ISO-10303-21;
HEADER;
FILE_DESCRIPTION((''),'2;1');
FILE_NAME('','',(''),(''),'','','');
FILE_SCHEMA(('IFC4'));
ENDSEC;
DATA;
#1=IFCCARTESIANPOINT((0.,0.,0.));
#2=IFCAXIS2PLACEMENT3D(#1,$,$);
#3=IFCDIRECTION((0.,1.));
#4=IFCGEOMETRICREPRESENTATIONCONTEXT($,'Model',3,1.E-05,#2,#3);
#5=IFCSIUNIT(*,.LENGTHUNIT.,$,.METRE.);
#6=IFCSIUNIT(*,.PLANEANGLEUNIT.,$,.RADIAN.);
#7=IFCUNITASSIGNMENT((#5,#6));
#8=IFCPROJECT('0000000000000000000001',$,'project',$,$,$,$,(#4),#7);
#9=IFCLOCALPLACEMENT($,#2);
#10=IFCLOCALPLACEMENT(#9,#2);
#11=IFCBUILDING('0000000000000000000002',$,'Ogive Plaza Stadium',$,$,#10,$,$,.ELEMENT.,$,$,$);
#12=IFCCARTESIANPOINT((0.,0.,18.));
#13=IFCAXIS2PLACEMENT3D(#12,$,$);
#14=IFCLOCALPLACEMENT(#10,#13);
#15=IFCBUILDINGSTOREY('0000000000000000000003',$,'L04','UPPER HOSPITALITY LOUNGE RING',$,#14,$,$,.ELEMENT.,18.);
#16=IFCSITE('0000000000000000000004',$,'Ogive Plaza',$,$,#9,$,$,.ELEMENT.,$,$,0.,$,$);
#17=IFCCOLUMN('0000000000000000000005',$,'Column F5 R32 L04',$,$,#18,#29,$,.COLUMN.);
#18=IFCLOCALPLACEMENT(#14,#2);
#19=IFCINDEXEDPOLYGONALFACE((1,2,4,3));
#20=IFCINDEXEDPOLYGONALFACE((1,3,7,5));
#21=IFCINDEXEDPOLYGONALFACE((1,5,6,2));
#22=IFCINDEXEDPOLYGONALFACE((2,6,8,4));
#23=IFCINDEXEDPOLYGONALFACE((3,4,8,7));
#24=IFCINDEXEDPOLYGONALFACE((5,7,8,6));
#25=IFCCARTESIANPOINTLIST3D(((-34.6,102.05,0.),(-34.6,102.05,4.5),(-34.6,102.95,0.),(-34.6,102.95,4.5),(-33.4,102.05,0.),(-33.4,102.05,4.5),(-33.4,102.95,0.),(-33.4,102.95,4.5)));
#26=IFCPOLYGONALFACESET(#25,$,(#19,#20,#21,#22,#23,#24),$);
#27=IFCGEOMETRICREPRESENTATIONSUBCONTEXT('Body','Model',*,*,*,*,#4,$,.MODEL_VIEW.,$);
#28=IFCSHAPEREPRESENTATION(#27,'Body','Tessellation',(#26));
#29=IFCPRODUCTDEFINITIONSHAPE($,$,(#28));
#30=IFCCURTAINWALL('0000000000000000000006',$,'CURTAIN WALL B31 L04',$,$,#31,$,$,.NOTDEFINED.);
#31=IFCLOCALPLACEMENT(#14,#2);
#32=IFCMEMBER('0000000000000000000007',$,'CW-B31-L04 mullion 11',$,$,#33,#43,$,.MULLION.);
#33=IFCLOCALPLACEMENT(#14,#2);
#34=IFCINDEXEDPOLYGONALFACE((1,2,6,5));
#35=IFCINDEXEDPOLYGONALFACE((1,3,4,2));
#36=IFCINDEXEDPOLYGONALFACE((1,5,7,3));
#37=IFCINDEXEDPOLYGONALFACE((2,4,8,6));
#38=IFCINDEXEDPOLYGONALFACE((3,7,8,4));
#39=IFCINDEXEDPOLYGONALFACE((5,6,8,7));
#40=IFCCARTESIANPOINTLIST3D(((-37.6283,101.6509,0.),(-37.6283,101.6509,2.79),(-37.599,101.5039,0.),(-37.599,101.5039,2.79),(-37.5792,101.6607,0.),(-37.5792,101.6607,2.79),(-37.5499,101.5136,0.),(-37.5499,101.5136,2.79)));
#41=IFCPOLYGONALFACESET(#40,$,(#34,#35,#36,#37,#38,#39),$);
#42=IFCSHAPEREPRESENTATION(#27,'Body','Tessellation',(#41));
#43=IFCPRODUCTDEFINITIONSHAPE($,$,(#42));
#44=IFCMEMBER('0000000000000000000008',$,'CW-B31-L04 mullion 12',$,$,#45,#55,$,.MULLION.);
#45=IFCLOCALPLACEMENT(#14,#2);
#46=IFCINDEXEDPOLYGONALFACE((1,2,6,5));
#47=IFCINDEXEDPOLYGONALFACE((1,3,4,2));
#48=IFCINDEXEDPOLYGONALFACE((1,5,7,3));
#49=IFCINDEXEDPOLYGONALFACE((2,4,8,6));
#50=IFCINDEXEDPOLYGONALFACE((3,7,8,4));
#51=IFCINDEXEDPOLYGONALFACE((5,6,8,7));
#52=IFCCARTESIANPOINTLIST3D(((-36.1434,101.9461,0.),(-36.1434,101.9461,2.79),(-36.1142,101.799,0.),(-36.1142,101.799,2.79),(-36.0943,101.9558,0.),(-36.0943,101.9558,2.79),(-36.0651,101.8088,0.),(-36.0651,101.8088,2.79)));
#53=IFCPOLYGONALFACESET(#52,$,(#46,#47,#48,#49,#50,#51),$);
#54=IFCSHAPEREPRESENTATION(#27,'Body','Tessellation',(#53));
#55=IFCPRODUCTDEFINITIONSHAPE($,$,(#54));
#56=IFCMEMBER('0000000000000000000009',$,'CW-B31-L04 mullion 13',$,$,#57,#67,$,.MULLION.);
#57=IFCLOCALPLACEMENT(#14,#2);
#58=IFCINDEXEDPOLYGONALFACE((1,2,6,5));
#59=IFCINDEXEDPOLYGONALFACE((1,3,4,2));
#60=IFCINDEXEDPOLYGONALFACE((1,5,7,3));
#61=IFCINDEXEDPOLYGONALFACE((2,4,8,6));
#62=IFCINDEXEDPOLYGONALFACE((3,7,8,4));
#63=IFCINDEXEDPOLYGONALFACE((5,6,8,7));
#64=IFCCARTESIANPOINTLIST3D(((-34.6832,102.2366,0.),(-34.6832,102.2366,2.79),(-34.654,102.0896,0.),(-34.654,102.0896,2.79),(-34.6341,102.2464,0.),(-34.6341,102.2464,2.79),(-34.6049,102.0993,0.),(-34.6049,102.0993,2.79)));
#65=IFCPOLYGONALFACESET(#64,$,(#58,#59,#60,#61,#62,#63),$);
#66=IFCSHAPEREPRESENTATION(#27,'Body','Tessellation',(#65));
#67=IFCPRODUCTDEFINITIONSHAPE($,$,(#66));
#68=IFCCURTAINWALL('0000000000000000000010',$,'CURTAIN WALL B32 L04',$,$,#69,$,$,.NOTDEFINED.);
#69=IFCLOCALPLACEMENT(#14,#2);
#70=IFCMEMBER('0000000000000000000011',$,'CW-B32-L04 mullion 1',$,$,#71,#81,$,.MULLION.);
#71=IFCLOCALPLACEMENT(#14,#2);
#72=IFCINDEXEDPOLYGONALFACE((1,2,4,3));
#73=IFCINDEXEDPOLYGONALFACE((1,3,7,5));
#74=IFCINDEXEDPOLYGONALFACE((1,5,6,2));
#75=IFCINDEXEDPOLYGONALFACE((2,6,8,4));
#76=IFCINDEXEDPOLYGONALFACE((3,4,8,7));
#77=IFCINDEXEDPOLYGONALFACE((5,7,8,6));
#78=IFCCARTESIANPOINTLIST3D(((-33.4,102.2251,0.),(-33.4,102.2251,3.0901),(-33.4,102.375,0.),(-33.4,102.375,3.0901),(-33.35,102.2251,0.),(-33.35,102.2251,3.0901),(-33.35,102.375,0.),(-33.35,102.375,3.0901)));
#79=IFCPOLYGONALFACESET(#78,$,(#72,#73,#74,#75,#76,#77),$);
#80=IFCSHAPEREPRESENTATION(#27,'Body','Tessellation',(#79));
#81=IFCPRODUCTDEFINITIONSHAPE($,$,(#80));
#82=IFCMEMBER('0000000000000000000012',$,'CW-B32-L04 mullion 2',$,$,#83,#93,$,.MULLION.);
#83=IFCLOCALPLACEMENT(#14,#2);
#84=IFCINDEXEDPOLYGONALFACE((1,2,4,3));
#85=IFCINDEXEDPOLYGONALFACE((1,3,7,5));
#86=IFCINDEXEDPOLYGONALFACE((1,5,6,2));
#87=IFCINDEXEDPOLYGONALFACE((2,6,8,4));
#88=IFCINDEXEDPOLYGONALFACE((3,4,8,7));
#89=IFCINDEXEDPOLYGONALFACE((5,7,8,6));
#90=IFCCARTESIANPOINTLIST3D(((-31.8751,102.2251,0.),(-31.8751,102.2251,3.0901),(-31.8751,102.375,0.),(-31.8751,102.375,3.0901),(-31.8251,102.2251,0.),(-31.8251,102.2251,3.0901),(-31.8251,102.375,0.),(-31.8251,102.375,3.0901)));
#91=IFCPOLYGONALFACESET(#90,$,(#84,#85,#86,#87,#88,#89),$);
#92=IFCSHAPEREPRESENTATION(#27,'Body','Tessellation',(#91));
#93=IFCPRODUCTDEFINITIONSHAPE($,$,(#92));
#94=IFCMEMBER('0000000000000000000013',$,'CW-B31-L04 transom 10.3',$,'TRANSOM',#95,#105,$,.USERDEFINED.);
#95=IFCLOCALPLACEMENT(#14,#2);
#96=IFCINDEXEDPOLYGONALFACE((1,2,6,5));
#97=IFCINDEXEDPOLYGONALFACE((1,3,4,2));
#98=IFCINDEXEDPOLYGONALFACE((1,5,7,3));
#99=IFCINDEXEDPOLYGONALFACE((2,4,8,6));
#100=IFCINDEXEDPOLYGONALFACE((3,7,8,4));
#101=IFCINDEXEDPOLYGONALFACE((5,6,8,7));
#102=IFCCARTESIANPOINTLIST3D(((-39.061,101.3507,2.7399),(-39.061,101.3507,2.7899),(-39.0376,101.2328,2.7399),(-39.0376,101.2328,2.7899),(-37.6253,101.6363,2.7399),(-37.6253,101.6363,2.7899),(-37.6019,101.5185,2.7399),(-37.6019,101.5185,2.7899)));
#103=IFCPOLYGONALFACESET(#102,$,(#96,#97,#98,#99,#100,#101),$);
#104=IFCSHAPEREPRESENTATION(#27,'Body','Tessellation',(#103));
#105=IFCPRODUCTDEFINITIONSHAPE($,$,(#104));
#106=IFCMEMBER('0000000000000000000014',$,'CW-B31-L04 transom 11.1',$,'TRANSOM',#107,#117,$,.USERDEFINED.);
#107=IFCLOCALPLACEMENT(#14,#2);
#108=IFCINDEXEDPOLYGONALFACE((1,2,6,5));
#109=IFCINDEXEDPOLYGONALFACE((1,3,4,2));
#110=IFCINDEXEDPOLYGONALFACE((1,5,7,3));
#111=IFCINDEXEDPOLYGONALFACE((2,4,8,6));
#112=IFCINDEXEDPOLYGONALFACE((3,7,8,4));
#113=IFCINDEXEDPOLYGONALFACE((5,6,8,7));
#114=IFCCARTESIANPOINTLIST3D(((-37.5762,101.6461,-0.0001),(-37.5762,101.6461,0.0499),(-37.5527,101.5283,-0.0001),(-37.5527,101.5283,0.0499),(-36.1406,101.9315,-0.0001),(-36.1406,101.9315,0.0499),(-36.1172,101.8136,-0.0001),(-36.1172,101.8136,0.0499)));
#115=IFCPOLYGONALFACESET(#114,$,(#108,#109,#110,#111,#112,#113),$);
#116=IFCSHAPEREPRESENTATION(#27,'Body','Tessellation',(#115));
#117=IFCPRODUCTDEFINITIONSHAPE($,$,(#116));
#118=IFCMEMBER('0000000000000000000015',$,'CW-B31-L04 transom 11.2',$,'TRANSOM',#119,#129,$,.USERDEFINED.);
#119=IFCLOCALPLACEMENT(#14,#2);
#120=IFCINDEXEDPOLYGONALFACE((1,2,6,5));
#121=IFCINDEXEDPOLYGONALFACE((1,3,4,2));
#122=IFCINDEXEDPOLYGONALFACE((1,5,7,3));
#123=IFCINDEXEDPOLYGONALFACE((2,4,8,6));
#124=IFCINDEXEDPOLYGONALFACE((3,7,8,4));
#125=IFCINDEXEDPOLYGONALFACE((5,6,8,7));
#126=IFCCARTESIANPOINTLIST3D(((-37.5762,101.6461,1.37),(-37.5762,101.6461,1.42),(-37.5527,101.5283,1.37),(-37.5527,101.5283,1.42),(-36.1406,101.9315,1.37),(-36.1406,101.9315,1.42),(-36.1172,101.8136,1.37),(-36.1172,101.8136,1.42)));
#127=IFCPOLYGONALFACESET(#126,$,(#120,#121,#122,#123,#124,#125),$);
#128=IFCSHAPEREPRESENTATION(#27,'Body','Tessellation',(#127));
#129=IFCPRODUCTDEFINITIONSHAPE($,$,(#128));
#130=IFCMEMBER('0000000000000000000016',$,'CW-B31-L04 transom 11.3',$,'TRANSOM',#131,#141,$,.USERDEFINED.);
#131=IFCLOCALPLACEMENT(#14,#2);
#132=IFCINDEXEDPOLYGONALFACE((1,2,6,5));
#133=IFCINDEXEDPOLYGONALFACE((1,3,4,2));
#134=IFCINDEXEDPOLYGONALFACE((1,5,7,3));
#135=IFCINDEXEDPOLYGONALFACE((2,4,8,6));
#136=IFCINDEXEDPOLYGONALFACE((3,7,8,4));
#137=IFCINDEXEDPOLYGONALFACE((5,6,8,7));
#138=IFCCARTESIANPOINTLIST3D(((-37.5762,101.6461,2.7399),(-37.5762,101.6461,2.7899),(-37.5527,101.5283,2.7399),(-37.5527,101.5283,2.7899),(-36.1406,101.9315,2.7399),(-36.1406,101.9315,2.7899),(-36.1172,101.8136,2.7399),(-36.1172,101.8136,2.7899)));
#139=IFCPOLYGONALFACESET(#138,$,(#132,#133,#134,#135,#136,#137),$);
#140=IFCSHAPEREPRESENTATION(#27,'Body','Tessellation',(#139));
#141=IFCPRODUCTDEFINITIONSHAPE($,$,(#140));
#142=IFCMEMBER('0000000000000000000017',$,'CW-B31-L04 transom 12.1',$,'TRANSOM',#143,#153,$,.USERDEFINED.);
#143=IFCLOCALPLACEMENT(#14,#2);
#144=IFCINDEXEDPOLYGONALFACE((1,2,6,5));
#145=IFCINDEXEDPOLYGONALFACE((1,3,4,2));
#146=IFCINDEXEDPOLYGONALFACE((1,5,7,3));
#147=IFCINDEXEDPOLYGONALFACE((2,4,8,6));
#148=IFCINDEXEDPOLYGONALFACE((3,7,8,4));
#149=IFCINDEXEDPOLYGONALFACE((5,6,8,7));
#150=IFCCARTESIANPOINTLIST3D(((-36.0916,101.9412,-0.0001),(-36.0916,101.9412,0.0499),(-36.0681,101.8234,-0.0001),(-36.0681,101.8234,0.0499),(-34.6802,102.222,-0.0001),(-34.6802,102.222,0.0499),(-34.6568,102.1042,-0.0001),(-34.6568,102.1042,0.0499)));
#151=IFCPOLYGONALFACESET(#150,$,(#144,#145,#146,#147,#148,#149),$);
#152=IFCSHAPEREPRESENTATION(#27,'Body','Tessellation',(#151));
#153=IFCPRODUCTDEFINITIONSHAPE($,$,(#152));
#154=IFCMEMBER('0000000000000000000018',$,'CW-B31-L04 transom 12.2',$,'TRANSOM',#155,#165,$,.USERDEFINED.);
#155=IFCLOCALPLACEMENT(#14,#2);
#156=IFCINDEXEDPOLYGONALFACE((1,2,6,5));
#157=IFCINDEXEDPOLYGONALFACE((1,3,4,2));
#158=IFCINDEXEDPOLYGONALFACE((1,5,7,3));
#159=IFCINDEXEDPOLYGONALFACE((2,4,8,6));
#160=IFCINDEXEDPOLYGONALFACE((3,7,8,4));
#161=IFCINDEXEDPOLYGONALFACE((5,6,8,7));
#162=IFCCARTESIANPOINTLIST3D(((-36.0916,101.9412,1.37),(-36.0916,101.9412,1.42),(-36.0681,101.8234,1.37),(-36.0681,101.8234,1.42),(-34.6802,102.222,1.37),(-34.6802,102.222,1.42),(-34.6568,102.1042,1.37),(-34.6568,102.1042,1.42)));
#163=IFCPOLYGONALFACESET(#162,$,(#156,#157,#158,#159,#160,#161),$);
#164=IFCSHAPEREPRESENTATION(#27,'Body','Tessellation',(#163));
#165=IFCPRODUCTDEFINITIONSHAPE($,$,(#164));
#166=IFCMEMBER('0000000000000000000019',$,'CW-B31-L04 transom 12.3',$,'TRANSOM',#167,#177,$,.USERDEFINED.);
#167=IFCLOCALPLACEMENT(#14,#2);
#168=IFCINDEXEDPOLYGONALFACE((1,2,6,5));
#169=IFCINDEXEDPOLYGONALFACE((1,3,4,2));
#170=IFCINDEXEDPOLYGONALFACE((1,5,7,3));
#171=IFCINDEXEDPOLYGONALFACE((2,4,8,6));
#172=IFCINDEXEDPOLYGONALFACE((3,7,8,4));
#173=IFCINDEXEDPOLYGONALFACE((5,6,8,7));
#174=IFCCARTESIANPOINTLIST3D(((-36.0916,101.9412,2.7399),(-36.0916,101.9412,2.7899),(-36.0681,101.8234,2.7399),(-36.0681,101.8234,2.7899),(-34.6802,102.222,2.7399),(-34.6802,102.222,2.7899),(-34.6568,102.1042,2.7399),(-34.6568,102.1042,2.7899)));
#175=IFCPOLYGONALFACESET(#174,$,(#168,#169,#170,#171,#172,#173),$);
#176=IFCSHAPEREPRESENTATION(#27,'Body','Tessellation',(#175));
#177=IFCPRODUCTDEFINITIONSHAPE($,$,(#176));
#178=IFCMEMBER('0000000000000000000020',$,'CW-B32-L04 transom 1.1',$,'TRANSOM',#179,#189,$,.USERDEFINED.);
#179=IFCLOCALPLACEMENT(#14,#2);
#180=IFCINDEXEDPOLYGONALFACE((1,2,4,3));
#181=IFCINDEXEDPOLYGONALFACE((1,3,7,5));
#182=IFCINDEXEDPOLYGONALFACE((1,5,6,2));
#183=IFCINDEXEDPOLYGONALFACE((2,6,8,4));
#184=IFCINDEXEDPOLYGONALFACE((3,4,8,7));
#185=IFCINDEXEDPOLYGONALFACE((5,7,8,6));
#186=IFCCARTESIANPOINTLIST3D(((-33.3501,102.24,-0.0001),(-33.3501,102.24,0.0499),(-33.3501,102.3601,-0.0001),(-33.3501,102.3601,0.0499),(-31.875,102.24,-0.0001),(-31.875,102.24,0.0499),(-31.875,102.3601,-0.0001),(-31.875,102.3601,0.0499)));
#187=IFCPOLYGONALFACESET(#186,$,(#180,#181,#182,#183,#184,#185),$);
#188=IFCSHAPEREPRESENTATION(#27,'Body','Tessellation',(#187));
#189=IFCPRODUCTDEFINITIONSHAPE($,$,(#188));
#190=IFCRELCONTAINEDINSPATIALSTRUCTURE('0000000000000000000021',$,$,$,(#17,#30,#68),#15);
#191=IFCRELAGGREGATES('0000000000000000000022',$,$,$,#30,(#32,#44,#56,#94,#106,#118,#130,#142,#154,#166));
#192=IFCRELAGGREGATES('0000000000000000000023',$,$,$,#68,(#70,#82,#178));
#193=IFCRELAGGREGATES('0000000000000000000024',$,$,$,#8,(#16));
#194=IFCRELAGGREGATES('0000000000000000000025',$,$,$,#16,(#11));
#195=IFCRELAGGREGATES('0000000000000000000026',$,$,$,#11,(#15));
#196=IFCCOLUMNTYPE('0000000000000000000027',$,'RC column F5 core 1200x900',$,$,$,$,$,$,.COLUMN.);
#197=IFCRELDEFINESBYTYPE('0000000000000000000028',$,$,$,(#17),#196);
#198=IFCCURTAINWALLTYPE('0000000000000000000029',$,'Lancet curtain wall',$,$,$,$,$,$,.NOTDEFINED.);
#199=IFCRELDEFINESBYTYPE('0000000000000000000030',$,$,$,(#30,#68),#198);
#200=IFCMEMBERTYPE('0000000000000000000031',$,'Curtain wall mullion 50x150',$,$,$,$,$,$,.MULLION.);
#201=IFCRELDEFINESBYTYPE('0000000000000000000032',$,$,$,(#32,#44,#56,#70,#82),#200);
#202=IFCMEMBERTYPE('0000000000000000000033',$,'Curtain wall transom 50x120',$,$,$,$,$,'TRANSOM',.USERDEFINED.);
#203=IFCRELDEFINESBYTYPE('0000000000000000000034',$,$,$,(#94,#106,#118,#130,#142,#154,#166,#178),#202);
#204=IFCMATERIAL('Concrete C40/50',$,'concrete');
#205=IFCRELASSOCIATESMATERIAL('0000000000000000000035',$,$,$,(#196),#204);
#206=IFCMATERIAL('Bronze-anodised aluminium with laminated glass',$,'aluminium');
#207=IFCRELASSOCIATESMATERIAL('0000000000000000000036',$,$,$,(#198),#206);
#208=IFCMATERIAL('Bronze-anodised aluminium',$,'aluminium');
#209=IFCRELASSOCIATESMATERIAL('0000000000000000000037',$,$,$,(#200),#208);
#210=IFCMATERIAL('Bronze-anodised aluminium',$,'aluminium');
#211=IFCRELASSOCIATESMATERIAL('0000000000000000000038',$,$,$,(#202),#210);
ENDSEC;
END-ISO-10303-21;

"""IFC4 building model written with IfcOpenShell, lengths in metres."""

from ifc_helpers import new_model, si_unit, direction, frame, origin, origin_2d, place, context, subcontext, project, spatial, rectangle, extrude, material, material_profile, profile_set, type_object, element, aggregate, save


model = new_model("IFC4")

# Units and contexts
model_context = context("Model", 3, precision=1e-05, world=origin(), true_north=direction((0.0, 1.0)))
body_context = subcontext(model_context, "Body", "Model", "MODEL_VIEW")
ifc_project = project(units=[si_unit("LENGTHUNIT", "METRE"), si_unit("PLANEANGLEUNIT", "RADIAN")], contexts=[model_context])

# Site, building, storey
site_placement = place(None, origin())
site = spatial("IfcSite", under=ifc_project, at=site_placement, Name="Ogive Plaza", CompositionType="ELEMENT", RefElevation=0.0)
building_placement = place(site_placement, origin())
building = spatial("IfcBuilding", under=site, at=building_placement, Name="Ogive Plaza Stadium", CompositionType="ELEMENT")
storey_placement = place(building_placement, frame((0.0, 0.0, 18.0)))
storey = spatial("IfcBuildingStorey", under=building, at=storey_placement, Name="L04", Description="UPPER HOSPITALITY LOUNGE RING", CompositionType="ELEMENT", Elevation=18.0)

# Column
ifc_material_1 = material(Name="Concrete C40/50", Category="concrete")
ifc_material_profile_1 = material_profile(ifc_material_1, rectangle(XDim=1.2, YDim=0.8999, at=origin_2d()), Name="RC 1200x900")
ifc_profile_set_1 = profile_set([ifc_material_profile_1], Name="Concrete C40/50")
column_type = type_object("IfcColumnType", Name="RC column F5 core 1200x900", PredefinedType="COLUMN", material=ifc_profile_set_1)
column_placement = place(storey_placement, frame((-34.0, 102.5, 0.0), z_axis=(0.0, 0.0, 1.0), x_axis=(-1.0, 0.0, 0.0)))
element("IfcColumn", 1, at=column_placement, inside=storey, type_object=column_type, Name="Column F5 R32 L04", PredefinedType="COLUMN", context=body_context, shape_type="SweptSolid", body=[
    extrude(rectangle(XDim=1.2, YDim=0.8999, at=origin_2d()), origin(), (0.0, 0.0, 1.0), 4.5),
])

# Curtain walls, members
ifc_material_2 = material(Name="Bronze-anodised aluminium with laminated glass", Category="aluminium")
curtain_wall_type = type_object("IfcCurtainWallType", Name="Lancet curtain wall", PredefinedType="NOTDEFINED", material=ifc_material_2)
curtain_wall_1_placement = place(storey_placement, origin())
curtain_wall_1 = element("IfcCurtainWall", 2, at=curtain_wall_1_placement, inside=storey, type_object=curtain_wall_type, Name="CURTAIN WALL B31 L04", PredefinedType="NOTDEFINED")
ifc_material_3 = material(Name="Bronze-anodised aluminium", Category="aluminium")
ifc_material_profile_2 = material_profile(ifc_material_3, rectangle(XDim=0.1499, YDim=0.05, at=origin_2d()), Name="AL 150x50")
ifc_profile_set_2 = profile_set([ifc_material_profile_2], Name="Bronze-anodised aluminium")
member_type_1 = type_object("IfcMemberType", Name="Curtain wall mullion 50x150", PredefinedType="MULLION", material=ifc_profile_set_2)
member_1_placement = place(storey_placement, frame((-37.5891, 101.5823, 0.0), z_axis=(0.0, 0.0, 1.0), x_axis=(-0.19509, 0.980785, 0.0)))
member_1 = element("IfcMember", 3, at=member_1_placement, type_object=member_type_1, Name="CW-B31-L04 mullion 11", PredefinedType="MULLION", context=body_context, shape_type="SweptSolid", body=[
    extrude(rectangle(XDim=0.1499, YDim=0.05, at=origin_2d()), origin(), (0.0, 0.0, 1.0), 2.79),
])
member_2_placement = place(storey_placement, frame((-36.1042, 101.8774, 0.0), z_axis=(0.0, 0.0, 1.0), x_axis=(-0.19509, 0.980785, 0.0)))
member_2 = element("IfcMember", 4, at=member_2_placement, type_object=member_type_1, Name="CW-B31-L04 mullion 12", PredefinedType="MULLION", context=body_context, shape_type="SweptSolid", body=[
    extrude(rectangle(XDim=0.1499, YDim=0.05, at=origin_2d()), origin(), (0.0, 0.0, 1.0), 2.79),
])
member_3_placement = place(storey_placement, frame((-34.644, 102.168, 0.0), z_axis=(0.0, 0.0, 1.0), x_axis=(-0.19509, 0.980785, 0.0)))
member_3 = element("IfcMember", 5, at=member_3_placement, type_object=member_type_1, Name="CW-B31-L04 mullion 13", PredefinedType="MULLION", context=body_context, shape_type="SweptSolid", body=[
    extrude(rectangle(XDim=0.1499, YDim=0.05, at=origin_2d()), origin(), (0.0, 0.0, 1.0), 2.79),
])
curtain_wall_2_placement = place(storey_placement, origin())
curtain_wall_2 = element("IfcCurtainWall", 6, at=curtain_wall_2_placement, inside=storey, type_object=curtain_wall_type, Name="CURTAIN WALL B32 L04", PredefinedType="NOTDEFINED")
member_4_placement = place(storey_placement, frame((-33.375, 102.3, 0.0), z_axis=(0.0, 0.0, 1.0), x_axis=(0.0, 1.0, 0.0)))
member_4 = element("IfcMember", 7, at=member_4_placement, type_object=member_type_1, Name="CW-B32-L04 mullion 1", PredefinedType="MULLION", context=body_context, shape_type="SweptSolid", body=[
    extrude(rectangle(XDim=0.1499, YDim=0.05, at=origin_2d()), origin(), (0.0, 0.0, 1.0), 3.0901),
])
member_5_placement = place(storey_placement, frame((-31.8501, 102.3, 0.0), z_axis=(0.0, 0.0, 1.0), x_axis=(0.0, 1.0, 0.0)))
member_5 = element("IfcMember", 8, at=member_5_placement, type_object=member_type_1, Name="CW-B32-L04 mullion 2", PredefinedType="MULLION", context=body_context, shape_type="SweptSolid", body=[
    extrude(rectangle(XDim=0.1499, YDim=0.05, at=origin_2d()), origin(), (0.0, 0.0, 1.0), 3.0901),
])

# Members
ifc_material_4 = material(Name="Bronze-anodised aluminium", Category="aluminium")
ifc_material_profile_3 = material_profile(ifc_material_4, rectangle(XDim=0.1201, YDim=0.05, at=origin_2d()), Name="AL 120x50")
ifc_profile_set_3 = profile_set([ifc_material_profile_3], Name="Bronze-anodised aluminium")
member_type_2 = type_object("IfcMemberType", Name="Curtain wall transom 50x120", ElementType="TRANSOM", PredefinedType="USERDEFINED", material=ifc_profile_set_3)
member_6_placement = place(storey_placement, frame((-39.0493, 101.2917, 2.7649), z_axis=(0.980779, 0.195122, 0.0), x_axis=(-0.195122, 0.980779, 0.0)))
member_6 = element("IfcMember", 9, at=member_6_placement, type_object=member_type_2, Name="CW-B31-L04 transom 10.3", ObjectType="TRANSOM", PredefinedType="USERDEFINED", context=body_context, shape_type="SweptSolid", body=[
    extrude(rectangle(XDim=0.1201, YDim=0.05, at=origin_2d()), origin(), (0.0, 0.0, 1.0), 1.4639),
])
member_7_placement = place(storey_placement, frame((-37.5645, 101.5872, 0.0249), z_axis=(0.980805, 0.194993, 0.0), x_axis=(-0.194993, 0.980805, 0.0)))
member_7 = element("IfcMember", 10, at=member_7_placement, type_object=member_type_2, Name="CW-B31-L04 transom 11.1", ObjectType="TRANSOM", PredefinedType="USERDEFINED", context=body_context, shape_type="SweptSolid", body=[
    extrude(rectangle(XDim=0.1201, YDim=0.05, at=origin_2d()), origin(), (0.0, 0.0, 1.0), 1.4636),
])
member_8_placement = place(storey_placement, frame((-37.5645, 101.5872, 1.395), z_axis=(0.980805, 0.194993, 0.0), x_axis=(-0.194993, 0.980805, 0.0)))
member_8 = element("IfcMember", 11, at=member_8_placement, type_object=member_type_2, Name="CW-B31-L04 transom 11.2", ObjectType="TRANSOM", PredefinedType="USERDEFINED", context=body_context, shape_type="SweptSolid", body=[
    extrude(rectangle(XDim=0.1201, YDim=0.05, at=origin_2d()), origin(), (0.0, 0.0, 1.0), 1.4636),
])
member_9_placement = place(storey_placement, frame((-37.5645, 101.5872, 2.7649), z_axis=(0.980805, 0.194993, 0.0), x_axis=(-0.194993, 0.980805, 0.0)))
member_9 = element("IfcMember", 12, at=member_9_placement, type_object=member_type_2, Name="CW-B31-L04 transom 11.3", ObjectType="TRANSOM", PredefinedType="USERDEFINED", context=body_context, shape_type="SweptSolid", body=[
    extrude(rectangle(XDim=0.1201, YDim=0.05, at=origin_2d()), origin(), (0.0, 0.0, 1.0), 1.4636),
])
member_10_placement = place(storey_placement, frame((-36.0798, 101.8823, 0.0249), z_axis=(0.980782, 0.195105, 0.0), x_axis=(-0.195105, 0.980782, 0.0)))
member_10 = element("IfcMember", 13, at=member_10_placement, type_object=member_type_2, Name="CW-B31-L04 transom 12.1", ObjectType="TRANSOM", PredefinedType="USERDEFINED", context=body_context, shape_type="SweptSolid", body=[
    extrude(rectangle(XDim=0.1201, YDim=0.05, at=origin_2d()), origin(), (0.0, 0.0, 1.0), 1.439),
])
member_11_placement = place(storey_placement, frame((-36.0798, 101.8823, 1.395), z_axis=(0.980782, 0.195105, 0.0), x_axis=(-0.195105, 0.980782, 0.0)))
member_11 = element("IfcMember", 14, at=member_11_placement, type_object=member_type_2, Name="CW-B31-L04 transom 12.2", ObjectType="TRANSOM", PredefinedType="USERDEFINED", context=body_context, shape_type="SweptSolid", body=[
    extrude(rectangle(XDim=0.1201, YDim=0.05, at=origin_2d()), origin(), (0.0, 0.0, 1.0), 1.439),
])
member_12_placement = place(storey_placement, frame((-36.0798, 101.8823, 2.7649), z_axis=(0.980782, 0.195105, 0.0), x_axis=(-0.195105, 0.980782, 0.0)))
member_12 = element("IfcMember", 15, at=member_12_placement, type_object=member_type_2, Name="CW-B31-L04 transom 12.3", ObjectType="TRANSOM", PredefinedType="USERDEFINED", context=body_context, shape_type="SweptSolid", body=[
    extrude(rectangle(XDim=0.1201, YDim=0.05, at=origin_2d()), origin(), (0.0, 0.0, 1.0), 1.439),
])
member_13_placement = place(storey_placement, frame((-33.3501, 102.3, 0.0249), z_axis=(1.0, 0.0, 0.0), x_axis=(0.0, 1.0, 0.0)))
member_13 = element("IfcMember", 16, at=member_13_placement, type_object=member_type_2, Name="CW-B32-L04 transom 1.1", ObjectType="TRANSOM", PredefinedType="USERDEFINED", context=body_context, shape_type="SweptSolid", body=[
    extrude(rectangle(XDim=0.1201, YDim=0.05, at=origin_2d()), origin(), (0.0, 0.0, 1.0), 1.4751),
])

aggregate(curtain_wall_1, [member_1, member_2, member_3, member_6, member_7, member_8, member_9, member_10, member_11, member_12])
aggregate(curtain_wall_2, [member_4, member_5, member_13])

save(model, "model.ifc")
